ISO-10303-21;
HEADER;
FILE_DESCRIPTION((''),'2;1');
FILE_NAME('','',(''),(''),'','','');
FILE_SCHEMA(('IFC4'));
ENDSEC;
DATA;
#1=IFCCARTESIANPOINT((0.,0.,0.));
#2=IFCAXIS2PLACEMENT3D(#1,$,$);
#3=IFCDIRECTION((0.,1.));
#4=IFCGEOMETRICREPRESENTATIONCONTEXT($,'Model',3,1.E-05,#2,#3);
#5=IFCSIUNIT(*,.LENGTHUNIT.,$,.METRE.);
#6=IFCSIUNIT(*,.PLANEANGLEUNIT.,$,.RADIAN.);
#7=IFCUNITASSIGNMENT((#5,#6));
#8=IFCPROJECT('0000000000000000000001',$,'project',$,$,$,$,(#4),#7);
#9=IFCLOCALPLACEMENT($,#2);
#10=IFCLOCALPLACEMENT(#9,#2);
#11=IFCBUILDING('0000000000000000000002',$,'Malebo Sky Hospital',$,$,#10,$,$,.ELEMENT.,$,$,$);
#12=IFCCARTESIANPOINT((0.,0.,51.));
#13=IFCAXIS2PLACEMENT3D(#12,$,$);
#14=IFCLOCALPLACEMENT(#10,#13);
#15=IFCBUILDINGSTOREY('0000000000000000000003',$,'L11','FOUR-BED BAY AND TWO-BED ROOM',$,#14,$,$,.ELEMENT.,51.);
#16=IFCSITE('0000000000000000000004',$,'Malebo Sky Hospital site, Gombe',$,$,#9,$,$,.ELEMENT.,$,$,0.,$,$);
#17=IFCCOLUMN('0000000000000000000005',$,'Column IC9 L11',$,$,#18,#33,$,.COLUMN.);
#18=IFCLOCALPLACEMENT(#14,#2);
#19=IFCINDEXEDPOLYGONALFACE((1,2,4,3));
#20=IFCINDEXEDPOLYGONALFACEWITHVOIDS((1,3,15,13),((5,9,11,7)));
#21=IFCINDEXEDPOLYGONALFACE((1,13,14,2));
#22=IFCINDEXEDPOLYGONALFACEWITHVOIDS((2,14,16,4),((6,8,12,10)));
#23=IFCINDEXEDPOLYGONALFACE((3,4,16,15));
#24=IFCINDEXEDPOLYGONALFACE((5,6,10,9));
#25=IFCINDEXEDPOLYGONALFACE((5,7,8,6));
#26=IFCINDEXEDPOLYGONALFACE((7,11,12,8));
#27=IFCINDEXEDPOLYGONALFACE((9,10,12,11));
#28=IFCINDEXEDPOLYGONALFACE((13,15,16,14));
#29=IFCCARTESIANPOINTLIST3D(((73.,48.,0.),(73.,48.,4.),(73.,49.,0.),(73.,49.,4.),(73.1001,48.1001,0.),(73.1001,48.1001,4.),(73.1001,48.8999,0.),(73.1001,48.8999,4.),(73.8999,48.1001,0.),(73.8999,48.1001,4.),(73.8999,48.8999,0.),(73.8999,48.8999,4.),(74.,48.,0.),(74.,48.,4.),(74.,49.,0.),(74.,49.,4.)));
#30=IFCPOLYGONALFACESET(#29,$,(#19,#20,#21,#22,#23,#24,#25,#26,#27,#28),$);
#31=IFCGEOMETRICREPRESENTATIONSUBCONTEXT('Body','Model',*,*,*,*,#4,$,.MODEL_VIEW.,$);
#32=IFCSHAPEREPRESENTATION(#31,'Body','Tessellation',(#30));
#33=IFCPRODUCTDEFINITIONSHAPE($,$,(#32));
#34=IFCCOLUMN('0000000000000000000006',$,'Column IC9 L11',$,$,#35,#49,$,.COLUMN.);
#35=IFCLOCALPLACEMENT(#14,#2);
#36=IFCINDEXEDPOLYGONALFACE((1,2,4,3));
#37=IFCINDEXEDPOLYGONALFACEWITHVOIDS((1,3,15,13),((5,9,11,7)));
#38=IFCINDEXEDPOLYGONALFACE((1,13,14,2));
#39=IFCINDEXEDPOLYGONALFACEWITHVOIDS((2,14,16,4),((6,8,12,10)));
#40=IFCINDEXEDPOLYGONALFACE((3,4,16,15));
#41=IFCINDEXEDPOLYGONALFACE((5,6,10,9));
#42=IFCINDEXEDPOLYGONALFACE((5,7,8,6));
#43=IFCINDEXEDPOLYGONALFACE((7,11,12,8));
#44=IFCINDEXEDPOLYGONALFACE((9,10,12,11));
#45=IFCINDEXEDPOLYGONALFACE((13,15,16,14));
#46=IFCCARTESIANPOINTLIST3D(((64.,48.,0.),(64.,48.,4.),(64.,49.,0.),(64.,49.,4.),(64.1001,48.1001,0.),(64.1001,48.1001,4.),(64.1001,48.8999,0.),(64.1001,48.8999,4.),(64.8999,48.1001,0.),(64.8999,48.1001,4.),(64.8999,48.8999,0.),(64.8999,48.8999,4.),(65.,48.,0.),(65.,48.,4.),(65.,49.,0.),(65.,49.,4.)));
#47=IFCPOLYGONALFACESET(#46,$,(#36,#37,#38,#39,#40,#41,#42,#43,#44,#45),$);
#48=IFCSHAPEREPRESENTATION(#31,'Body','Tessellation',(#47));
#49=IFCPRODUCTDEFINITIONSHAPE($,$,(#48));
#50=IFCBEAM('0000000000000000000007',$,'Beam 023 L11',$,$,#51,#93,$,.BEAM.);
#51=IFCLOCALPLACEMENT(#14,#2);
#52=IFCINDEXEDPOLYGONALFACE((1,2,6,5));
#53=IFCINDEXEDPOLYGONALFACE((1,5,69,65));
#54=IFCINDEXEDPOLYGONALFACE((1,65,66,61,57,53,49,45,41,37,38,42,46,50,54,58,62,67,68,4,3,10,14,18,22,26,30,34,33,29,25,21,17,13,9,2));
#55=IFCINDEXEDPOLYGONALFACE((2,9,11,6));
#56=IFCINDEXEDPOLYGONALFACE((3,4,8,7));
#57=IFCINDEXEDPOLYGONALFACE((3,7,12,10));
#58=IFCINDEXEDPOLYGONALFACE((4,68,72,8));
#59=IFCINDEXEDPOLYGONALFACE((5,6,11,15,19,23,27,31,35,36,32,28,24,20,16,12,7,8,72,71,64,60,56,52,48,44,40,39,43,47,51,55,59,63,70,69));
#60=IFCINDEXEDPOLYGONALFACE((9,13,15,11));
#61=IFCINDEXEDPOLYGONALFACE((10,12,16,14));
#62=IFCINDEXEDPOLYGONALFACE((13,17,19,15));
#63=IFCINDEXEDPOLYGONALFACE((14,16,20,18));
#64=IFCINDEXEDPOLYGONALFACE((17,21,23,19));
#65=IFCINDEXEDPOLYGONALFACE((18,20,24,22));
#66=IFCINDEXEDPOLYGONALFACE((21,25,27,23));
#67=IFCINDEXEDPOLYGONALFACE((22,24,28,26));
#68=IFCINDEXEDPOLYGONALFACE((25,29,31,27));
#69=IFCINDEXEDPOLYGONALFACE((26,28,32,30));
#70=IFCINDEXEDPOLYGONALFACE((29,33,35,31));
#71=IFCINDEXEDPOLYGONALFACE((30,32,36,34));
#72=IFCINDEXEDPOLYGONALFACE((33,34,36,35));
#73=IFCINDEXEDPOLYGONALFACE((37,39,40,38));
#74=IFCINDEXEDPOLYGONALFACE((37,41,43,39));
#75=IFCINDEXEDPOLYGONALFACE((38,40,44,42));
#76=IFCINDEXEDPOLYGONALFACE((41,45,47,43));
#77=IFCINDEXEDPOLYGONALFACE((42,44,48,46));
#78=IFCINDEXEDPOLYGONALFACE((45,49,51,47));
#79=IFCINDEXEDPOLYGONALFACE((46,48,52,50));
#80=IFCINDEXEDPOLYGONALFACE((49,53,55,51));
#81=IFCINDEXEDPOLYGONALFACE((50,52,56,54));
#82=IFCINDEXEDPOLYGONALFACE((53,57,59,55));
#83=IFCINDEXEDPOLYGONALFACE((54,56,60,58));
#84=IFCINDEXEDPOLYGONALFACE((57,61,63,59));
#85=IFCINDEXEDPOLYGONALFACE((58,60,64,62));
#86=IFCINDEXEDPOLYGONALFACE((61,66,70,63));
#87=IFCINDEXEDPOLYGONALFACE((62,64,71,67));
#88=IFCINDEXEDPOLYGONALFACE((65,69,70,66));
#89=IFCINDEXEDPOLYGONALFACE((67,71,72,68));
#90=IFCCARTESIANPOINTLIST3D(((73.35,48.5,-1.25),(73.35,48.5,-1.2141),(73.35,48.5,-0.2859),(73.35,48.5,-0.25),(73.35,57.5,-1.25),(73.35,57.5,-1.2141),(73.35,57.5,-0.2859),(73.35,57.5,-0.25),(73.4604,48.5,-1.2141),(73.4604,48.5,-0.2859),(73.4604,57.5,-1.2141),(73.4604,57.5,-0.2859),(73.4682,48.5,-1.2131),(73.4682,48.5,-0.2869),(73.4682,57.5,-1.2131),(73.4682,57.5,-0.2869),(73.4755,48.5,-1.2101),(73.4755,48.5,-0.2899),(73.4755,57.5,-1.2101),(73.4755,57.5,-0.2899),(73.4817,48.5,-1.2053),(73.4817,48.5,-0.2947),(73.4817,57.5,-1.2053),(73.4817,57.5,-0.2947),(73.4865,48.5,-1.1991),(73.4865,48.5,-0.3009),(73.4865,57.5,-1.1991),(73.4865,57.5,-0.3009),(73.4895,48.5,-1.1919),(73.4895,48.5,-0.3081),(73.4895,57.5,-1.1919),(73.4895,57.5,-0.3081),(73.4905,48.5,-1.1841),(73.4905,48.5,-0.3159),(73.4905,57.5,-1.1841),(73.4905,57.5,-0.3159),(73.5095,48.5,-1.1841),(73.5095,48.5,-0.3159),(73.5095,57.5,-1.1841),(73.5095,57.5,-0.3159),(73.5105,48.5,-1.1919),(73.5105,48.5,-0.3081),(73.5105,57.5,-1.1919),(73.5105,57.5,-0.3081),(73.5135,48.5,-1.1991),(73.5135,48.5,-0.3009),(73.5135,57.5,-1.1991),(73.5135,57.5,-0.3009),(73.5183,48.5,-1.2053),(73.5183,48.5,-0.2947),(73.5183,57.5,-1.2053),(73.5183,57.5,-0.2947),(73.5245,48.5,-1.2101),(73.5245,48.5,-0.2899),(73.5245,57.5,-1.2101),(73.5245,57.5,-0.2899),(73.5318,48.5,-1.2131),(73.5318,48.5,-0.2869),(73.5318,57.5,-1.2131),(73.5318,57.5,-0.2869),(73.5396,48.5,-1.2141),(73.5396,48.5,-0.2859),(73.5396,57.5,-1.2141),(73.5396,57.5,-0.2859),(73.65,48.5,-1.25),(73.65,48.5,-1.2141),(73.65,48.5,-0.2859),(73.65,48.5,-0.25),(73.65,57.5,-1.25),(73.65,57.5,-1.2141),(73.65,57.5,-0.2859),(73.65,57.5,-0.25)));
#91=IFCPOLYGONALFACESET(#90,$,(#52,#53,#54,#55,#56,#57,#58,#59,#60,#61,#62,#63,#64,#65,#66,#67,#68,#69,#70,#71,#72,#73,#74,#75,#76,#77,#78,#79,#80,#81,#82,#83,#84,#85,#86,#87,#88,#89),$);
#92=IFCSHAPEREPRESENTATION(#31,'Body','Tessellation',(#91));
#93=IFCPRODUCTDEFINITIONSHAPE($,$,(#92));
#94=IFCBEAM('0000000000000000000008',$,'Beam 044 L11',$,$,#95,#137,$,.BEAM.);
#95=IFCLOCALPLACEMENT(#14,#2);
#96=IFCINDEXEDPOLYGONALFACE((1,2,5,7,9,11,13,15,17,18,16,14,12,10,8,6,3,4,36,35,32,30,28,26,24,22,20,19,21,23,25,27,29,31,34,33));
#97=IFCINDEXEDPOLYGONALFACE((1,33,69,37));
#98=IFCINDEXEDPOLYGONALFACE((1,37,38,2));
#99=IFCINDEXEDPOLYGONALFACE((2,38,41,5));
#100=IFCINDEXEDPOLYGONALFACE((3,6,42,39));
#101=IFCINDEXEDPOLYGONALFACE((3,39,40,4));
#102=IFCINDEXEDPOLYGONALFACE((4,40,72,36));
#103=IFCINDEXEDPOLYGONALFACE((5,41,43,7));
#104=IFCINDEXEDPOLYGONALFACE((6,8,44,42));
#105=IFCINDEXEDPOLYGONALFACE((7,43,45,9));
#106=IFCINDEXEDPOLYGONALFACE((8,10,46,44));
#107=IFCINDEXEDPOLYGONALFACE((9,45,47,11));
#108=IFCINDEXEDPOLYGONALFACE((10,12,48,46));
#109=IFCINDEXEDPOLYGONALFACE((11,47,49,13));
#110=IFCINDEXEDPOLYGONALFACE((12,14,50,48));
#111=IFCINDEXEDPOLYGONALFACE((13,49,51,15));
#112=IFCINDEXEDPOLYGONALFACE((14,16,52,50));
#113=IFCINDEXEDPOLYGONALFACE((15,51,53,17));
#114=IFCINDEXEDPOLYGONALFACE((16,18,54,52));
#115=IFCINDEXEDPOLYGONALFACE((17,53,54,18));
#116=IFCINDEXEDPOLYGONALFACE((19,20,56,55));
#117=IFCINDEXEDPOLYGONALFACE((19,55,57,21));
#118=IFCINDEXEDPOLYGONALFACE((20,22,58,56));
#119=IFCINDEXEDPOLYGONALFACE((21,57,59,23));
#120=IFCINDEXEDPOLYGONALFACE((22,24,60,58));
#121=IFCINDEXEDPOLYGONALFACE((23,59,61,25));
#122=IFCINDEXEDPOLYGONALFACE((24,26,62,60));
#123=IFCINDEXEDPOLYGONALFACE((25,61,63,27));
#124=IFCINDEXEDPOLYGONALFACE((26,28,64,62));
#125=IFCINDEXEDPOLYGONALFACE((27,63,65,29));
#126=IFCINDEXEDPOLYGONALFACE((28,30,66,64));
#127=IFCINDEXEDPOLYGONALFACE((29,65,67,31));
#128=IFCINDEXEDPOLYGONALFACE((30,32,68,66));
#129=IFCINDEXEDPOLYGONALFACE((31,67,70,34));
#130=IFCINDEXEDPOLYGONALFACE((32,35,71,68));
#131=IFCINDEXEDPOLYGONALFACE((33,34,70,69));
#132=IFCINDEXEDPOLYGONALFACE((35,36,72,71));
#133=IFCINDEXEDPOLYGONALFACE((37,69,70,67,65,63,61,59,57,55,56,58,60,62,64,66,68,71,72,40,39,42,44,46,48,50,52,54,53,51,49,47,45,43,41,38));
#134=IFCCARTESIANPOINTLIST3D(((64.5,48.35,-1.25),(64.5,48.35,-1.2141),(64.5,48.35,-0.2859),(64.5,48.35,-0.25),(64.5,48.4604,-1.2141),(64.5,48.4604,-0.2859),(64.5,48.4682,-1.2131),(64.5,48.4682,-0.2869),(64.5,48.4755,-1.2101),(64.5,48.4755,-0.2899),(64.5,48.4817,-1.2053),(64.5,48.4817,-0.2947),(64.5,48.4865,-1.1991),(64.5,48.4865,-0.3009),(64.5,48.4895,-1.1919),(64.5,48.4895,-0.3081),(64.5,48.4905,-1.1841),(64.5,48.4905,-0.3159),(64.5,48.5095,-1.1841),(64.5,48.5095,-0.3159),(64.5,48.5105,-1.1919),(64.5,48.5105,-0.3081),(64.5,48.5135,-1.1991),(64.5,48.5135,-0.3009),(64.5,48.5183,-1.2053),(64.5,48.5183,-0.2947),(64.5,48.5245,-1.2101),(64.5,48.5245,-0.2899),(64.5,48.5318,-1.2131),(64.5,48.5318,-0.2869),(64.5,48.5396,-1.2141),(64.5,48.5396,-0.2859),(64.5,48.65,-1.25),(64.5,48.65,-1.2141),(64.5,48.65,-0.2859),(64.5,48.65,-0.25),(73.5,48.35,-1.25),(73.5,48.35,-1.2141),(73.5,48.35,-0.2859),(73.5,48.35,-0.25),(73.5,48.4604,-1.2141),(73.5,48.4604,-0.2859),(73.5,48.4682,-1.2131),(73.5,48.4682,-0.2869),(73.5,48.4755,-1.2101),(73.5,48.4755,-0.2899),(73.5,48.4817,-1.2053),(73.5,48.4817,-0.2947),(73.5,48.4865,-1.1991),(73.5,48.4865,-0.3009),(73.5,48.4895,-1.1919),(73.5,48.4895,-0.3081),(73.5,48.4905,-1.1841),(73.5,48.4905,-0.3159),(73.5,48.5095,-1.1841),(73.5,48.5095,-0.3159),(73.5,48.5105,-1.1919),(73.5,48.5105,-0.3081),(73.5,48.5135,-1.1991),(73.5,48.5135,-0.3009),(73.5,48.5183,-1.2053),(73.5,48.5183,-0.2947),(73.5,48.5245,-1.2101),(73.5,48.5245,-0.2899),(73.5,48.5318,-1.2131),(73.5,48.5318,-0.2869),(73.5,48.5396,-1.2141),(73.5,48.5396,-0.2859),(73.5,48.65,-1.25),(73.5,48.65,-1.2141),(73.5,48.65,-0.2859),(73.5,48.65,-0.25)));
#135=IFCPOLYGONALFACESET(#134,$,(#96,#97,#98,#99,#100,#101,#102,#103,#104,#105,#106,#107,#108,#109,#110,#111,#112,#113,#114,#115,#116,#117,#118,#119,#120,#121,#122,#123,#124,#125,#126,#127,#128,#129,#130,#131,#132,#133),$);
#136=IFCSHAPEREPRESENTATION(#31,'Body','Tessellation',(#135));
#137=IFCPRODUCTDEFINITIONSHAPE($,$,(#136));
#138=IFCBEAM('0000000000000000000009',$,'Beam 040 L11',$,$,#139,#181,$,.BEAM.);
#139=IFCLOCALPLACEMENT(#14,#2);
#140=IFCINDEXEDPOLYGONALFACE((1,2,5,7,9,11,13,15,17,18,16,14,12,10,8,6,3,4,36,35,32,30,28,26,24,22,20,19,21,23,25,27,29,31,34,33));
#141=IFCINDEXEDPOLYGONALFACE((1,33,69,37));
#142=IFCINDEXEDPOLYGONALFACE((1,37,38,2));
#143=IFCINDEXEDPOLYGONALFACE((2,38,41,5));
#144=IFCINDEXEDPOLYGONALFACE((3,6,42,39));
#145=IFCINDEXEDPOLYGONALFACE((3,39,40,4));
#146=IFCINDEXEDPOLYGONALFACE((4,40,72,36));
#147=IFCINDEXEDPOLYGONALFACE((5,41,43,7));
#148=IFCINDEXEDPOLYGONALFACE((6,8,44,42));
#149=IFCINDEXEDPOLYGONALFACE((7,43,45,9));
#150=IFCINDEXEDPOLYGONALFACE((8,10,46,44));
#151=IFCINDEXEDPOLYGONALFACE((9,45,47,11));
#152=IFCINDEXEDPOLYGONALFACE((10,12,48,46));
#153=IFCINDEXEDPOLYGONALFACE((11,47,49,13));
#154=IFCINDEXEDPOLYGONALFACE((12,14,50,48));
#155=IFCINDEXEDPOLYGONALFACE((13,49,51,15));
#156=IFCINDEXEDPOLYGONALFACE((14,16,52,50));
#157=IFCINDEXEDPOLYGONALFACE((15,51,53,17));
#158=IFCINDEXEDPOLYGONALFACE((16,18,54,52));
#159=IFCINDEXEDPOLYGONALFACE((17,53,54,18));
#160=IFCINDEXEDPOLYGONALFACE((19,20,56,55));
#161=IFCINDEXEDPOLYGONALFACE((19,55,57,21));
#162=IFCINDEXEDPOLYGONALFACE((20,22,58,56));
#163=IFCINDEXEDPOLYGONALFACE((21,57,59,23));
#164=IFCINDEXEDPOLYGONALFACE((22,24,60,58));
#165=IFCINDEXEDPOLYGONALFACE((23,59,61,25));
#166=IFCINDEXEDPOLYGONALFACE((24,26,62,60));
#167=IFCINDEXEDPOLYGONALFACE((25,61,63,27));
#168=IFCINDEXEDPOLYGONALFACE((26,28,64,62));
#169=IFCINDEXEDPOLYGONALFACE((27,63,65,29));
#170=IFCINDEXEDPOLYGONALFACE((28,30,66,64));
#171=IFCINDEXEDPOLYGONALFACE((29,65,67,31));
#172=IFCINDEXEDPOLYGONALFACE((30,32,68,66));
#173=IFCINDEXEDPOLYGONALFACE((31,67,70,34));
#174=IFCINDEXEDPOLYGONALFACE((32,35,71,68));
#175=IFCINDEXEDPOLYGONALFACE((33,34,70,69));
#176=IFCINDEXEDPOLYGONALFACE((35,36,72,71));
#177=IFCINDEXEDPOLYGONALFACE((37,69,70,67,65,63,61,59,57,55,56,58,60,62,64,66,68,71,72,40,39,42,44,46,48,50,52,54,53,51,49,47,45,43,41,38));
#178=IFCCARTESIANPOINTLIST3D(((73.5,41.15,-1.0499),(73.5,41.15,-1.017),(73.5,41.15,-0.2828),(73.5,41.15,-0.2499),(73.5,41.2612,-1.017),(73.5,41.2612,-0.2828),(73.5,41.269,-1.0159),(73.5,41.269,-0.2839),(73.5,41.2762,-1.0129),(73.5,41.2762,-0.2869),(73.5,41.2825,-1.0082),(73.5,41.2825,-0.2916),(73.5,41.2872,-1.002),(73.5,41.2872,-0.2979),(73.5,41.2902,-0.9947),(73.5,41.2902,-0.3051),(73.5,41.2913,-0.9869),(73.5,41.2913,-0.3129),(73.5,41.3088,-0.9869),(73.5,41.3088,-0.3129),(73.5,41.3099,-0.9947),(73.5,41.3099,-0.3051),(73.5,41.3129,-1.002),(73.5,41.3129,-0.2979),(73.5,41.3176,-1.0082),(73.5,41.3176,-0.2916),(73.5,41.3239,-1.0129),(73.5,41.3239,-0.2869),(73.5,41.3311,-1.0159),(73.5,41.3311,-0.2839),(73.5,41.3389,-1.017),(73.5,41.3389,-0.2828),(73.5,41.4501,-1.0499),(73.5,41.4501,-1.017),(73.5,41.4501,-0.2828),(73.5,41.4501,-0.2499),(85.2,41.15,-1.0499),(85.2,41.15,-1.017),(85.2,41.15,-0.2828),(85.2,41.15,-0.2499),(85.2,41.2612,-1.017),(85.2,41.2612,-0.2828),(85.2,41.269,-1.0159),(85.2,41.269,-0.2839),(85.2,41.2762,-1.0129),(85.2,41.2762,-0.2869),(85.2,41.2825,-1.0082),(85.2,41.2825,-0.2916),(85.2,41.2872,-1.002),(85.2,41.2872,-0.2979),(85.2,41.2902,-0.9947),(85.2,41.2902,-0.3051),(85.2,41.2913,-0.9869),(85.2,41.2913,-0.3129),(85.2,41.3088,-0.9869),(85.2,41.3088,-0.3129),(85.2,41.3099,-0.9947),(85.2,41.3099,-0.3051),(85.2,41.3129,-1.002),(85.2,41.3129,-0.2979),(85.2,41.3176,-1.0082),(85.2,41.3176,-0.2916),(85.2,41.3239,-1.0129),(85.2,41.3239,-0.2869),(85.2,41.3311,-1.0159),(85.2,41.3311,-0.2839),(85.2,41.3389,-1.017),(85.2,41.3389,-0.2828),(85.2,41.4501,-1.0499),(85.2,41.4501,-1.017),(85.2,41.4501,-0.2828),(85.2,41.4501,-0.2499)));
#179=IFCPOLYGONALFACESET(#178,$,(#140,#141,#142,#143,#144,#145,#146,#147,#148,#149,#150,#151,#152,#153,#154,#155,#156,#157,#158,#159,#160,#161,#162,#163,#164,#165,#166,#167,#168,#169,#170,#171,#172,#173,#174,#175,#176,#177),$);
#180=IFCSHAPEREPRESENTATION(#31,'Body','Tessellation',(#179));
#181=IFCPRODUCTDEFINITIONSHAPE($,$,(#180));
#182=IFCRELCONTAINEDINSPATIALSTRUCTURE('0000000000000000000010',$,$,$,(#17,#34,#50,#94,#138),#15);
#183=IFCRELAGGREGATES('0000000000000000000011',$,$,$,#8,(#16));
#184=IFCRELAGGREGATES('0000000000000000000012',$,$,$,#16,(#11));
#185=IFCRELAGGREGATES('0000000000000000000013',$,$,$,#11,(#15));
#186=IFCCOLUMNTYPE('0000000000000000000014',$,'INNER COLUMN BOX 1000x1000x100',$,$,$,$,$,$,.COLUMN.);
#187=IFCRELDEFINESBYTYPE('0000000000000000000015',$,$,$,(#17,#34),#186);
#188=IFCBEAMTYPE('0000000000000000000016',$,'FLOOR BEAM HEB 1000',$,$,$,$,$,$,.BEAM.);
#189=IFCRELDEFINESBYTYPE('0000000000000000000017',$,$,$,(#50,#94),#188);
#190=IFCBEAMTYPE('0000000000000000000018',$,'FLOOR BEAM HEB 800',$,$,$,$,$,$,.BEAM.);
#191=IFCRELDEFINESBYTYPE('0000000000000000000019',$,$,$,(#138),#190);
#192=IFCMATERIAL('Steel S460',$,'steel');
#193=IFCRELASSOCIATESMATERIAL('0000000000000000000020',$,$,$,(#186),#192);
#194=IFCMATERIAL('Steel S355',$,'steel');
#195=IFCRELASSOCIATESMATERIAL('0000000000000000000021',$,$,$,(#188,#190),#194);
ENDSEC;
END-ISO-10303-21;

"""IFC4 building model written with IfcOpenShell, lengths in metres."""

from ifc_helpers import new_model, si_unit, direction, frame, origin, origin_2d, place, context, subcontext, project, spatial, hollow_rectangle, i_section, extrude, material, material_profile, profile_set, type_object, element, save


model = new_model("IFC4")

# Units and contexts
model_context = context("Model", 3, precision=1e-05, world=origin(), true_north=direction((0.0, 1.0)))
body_context = subcontext(model_context, "Body", "Model", "MODEL_VIEW")
ifc_project = project(units=[si_unit("LENGTHUNIT", "METRE"), si_unit("PLANEANGLEUNIT", "RADIAN")], contexts=[model_context])

# Site, building, storey
site_placement = place(None, origin())
site = spatial("IfcSite", under=ifc_project, at=site_placement, Name="Malebo Sky Hospital site, Gombe", CompositionType="ELEMENT", RefElevation=0.0)
building_placement = place(site_placement, origin())
building = spatial("IfcBuilding", under=site, at=building_placement, Name="Malebo Sky Hospital", CompositionType="ELEMENT")
storey_placement = place(building_placement, frame((0.0, 0.0, 51.0)))
storey = spatial("IfcBuildingStorey", under=building, at=storey_placement, Name="L11", Description="FOUR-BED BAY AND TWO-BED ROOM", CompositionType="ELEMENT", Elevation=51.0)

# Columns
ifc_material_1 = material(Name="Steel S460", Category="steel")
ifc_material_profile_1 = material_profile(ifc_material_1, hollow_rectangle(XDim=1.0, YDim=1.0, WallThickness=0.1001, at=origin_2d()), Name="BOX 1000x1000x100")
ifc_profile_set_1 = profile_set([ifc_material_profile_1], Name="Steel S460")
column_type = type_object("IfcColumnType", Name="INNER COLUMN BOX 1000x1000x100", PredefinedType="COLUMN", material=ifc_profile_set_1)
for number, where, z_axis, x_axis, name in (
    (1, (73.5, 48.5, 0.0), (0.0, 0.0, 1.0), (1.0, 0.0, 0.0), "Column IC9 L11"),
    (2, (64.5, 48.5, 0.0), (0.0, 0.0, 1.0), (1.0, 0.0, 0.0), "Column IC9 L11"),
):
    element("IfcColumn", number, at=place(storey_placement, frame(where, z_axis=z_axis, x_axis=x_axis)), inside=storey, type_object=column_type, Name=name, PredefinedType="COLUMN", context=body_context, shape_type="SweptSolid", body=[
        extrude(hollow_rectangle(XDim=1.0, YDim=1.0, WallThickness=0.1001, at=origin_2d()), origin(), (0.0, 0.0, 1.0), 4.0),
    ])

# Beams
ifc_material_2 = material(Name="Steel S355", Category="steel")
ifc_material_profile_2 = material_profile(ifc_material_2, i_section(OverallWidth=0.3, OverallDepth=1.0, WebThickness=0.019, FlangeThickness=0.0359, FilletRadius=0.03, at=origin_2d()), Name="HEB 1000")
ifc_profile_set_2 = profile_set([ifc_material_profile_2], Name="Steel S355")
beam_type_1 = type_object("IfcBeamType", Name="FLOOR BEAM HEB 1000", PredefinedType="BEAM", material=ifc_profile_set_2)
for number, where, z_axis, x_axis, name in (
    (3, (73.5, 48.5, -0.75), (0.0, 1.0, 0.0), (-1.0, 0.0, 0.0), "Beam 023 L11"),
    (4, (64.5, 48.5, -0.75), (1.0, 0.0, 0.0), (0.0, 1.0, 0.0), "Beam 044 L11"),
):
    element("IfcBeam", number, at=place(storey_placement, frame(where, z_axis=z_axis, x_axis=x_axis)), inside=storey, type_object=beam_type_1, Name=name, PredefinedType="BEAM", context=body_context, shape_type="SweptSolid", body=[
        extrude(i_section(OverallWidth=0.3, OverallDepth=1.0, WebThickness=0.019, FlangeThickness=0.0359, FilletRadius=0.03, at=origin_2d()), origin(), (0.0, 0.0, 1.0), 9.0),
    ])
ifc_material_profile_3 = material_profile(ifc_material_2, i_section(OverallWidth=0.3, OverallDepth=0.8, WebThickness=0.0176, FlangeThickness=0.033, FilletRadius=0.03, at=origin_2d()), Name="HEB 800")
ifc_profile_set_3 = profile_set([ifc_material_profile_3], Name="Steel S355")
beam_type_2 = type_object("IfcBeamType", Name="FLOOR BEAM HEB 800", PredefinedType="BEAM", material=ifc_profile_set_3)
beam_1_placement = place(storey_placement, frame((73.5, 41.3, -0.6499), z_axis=(1.0, 0.0, 0.0), x_axis=(0.0, 1.0, 0.0)))
element("IfcBeam", 5, at=beam_1_placement, inside=storey, type_object=beam_type_2, Name="Beam 040 L11", PredefinedType="BEAM", context=body_context, shape_type="SweptSolid", body=[
    extrude(i_section(OverallWidth=0.3, OverallDepth=0.8, WebThickness=0.0176, FlangeThickness=0.033, FilletRadius=0.03, at=origin_2d()), origin(), (0.0, 0.0, 1.0), 11.7),
])

save(model, "model.ifc")
